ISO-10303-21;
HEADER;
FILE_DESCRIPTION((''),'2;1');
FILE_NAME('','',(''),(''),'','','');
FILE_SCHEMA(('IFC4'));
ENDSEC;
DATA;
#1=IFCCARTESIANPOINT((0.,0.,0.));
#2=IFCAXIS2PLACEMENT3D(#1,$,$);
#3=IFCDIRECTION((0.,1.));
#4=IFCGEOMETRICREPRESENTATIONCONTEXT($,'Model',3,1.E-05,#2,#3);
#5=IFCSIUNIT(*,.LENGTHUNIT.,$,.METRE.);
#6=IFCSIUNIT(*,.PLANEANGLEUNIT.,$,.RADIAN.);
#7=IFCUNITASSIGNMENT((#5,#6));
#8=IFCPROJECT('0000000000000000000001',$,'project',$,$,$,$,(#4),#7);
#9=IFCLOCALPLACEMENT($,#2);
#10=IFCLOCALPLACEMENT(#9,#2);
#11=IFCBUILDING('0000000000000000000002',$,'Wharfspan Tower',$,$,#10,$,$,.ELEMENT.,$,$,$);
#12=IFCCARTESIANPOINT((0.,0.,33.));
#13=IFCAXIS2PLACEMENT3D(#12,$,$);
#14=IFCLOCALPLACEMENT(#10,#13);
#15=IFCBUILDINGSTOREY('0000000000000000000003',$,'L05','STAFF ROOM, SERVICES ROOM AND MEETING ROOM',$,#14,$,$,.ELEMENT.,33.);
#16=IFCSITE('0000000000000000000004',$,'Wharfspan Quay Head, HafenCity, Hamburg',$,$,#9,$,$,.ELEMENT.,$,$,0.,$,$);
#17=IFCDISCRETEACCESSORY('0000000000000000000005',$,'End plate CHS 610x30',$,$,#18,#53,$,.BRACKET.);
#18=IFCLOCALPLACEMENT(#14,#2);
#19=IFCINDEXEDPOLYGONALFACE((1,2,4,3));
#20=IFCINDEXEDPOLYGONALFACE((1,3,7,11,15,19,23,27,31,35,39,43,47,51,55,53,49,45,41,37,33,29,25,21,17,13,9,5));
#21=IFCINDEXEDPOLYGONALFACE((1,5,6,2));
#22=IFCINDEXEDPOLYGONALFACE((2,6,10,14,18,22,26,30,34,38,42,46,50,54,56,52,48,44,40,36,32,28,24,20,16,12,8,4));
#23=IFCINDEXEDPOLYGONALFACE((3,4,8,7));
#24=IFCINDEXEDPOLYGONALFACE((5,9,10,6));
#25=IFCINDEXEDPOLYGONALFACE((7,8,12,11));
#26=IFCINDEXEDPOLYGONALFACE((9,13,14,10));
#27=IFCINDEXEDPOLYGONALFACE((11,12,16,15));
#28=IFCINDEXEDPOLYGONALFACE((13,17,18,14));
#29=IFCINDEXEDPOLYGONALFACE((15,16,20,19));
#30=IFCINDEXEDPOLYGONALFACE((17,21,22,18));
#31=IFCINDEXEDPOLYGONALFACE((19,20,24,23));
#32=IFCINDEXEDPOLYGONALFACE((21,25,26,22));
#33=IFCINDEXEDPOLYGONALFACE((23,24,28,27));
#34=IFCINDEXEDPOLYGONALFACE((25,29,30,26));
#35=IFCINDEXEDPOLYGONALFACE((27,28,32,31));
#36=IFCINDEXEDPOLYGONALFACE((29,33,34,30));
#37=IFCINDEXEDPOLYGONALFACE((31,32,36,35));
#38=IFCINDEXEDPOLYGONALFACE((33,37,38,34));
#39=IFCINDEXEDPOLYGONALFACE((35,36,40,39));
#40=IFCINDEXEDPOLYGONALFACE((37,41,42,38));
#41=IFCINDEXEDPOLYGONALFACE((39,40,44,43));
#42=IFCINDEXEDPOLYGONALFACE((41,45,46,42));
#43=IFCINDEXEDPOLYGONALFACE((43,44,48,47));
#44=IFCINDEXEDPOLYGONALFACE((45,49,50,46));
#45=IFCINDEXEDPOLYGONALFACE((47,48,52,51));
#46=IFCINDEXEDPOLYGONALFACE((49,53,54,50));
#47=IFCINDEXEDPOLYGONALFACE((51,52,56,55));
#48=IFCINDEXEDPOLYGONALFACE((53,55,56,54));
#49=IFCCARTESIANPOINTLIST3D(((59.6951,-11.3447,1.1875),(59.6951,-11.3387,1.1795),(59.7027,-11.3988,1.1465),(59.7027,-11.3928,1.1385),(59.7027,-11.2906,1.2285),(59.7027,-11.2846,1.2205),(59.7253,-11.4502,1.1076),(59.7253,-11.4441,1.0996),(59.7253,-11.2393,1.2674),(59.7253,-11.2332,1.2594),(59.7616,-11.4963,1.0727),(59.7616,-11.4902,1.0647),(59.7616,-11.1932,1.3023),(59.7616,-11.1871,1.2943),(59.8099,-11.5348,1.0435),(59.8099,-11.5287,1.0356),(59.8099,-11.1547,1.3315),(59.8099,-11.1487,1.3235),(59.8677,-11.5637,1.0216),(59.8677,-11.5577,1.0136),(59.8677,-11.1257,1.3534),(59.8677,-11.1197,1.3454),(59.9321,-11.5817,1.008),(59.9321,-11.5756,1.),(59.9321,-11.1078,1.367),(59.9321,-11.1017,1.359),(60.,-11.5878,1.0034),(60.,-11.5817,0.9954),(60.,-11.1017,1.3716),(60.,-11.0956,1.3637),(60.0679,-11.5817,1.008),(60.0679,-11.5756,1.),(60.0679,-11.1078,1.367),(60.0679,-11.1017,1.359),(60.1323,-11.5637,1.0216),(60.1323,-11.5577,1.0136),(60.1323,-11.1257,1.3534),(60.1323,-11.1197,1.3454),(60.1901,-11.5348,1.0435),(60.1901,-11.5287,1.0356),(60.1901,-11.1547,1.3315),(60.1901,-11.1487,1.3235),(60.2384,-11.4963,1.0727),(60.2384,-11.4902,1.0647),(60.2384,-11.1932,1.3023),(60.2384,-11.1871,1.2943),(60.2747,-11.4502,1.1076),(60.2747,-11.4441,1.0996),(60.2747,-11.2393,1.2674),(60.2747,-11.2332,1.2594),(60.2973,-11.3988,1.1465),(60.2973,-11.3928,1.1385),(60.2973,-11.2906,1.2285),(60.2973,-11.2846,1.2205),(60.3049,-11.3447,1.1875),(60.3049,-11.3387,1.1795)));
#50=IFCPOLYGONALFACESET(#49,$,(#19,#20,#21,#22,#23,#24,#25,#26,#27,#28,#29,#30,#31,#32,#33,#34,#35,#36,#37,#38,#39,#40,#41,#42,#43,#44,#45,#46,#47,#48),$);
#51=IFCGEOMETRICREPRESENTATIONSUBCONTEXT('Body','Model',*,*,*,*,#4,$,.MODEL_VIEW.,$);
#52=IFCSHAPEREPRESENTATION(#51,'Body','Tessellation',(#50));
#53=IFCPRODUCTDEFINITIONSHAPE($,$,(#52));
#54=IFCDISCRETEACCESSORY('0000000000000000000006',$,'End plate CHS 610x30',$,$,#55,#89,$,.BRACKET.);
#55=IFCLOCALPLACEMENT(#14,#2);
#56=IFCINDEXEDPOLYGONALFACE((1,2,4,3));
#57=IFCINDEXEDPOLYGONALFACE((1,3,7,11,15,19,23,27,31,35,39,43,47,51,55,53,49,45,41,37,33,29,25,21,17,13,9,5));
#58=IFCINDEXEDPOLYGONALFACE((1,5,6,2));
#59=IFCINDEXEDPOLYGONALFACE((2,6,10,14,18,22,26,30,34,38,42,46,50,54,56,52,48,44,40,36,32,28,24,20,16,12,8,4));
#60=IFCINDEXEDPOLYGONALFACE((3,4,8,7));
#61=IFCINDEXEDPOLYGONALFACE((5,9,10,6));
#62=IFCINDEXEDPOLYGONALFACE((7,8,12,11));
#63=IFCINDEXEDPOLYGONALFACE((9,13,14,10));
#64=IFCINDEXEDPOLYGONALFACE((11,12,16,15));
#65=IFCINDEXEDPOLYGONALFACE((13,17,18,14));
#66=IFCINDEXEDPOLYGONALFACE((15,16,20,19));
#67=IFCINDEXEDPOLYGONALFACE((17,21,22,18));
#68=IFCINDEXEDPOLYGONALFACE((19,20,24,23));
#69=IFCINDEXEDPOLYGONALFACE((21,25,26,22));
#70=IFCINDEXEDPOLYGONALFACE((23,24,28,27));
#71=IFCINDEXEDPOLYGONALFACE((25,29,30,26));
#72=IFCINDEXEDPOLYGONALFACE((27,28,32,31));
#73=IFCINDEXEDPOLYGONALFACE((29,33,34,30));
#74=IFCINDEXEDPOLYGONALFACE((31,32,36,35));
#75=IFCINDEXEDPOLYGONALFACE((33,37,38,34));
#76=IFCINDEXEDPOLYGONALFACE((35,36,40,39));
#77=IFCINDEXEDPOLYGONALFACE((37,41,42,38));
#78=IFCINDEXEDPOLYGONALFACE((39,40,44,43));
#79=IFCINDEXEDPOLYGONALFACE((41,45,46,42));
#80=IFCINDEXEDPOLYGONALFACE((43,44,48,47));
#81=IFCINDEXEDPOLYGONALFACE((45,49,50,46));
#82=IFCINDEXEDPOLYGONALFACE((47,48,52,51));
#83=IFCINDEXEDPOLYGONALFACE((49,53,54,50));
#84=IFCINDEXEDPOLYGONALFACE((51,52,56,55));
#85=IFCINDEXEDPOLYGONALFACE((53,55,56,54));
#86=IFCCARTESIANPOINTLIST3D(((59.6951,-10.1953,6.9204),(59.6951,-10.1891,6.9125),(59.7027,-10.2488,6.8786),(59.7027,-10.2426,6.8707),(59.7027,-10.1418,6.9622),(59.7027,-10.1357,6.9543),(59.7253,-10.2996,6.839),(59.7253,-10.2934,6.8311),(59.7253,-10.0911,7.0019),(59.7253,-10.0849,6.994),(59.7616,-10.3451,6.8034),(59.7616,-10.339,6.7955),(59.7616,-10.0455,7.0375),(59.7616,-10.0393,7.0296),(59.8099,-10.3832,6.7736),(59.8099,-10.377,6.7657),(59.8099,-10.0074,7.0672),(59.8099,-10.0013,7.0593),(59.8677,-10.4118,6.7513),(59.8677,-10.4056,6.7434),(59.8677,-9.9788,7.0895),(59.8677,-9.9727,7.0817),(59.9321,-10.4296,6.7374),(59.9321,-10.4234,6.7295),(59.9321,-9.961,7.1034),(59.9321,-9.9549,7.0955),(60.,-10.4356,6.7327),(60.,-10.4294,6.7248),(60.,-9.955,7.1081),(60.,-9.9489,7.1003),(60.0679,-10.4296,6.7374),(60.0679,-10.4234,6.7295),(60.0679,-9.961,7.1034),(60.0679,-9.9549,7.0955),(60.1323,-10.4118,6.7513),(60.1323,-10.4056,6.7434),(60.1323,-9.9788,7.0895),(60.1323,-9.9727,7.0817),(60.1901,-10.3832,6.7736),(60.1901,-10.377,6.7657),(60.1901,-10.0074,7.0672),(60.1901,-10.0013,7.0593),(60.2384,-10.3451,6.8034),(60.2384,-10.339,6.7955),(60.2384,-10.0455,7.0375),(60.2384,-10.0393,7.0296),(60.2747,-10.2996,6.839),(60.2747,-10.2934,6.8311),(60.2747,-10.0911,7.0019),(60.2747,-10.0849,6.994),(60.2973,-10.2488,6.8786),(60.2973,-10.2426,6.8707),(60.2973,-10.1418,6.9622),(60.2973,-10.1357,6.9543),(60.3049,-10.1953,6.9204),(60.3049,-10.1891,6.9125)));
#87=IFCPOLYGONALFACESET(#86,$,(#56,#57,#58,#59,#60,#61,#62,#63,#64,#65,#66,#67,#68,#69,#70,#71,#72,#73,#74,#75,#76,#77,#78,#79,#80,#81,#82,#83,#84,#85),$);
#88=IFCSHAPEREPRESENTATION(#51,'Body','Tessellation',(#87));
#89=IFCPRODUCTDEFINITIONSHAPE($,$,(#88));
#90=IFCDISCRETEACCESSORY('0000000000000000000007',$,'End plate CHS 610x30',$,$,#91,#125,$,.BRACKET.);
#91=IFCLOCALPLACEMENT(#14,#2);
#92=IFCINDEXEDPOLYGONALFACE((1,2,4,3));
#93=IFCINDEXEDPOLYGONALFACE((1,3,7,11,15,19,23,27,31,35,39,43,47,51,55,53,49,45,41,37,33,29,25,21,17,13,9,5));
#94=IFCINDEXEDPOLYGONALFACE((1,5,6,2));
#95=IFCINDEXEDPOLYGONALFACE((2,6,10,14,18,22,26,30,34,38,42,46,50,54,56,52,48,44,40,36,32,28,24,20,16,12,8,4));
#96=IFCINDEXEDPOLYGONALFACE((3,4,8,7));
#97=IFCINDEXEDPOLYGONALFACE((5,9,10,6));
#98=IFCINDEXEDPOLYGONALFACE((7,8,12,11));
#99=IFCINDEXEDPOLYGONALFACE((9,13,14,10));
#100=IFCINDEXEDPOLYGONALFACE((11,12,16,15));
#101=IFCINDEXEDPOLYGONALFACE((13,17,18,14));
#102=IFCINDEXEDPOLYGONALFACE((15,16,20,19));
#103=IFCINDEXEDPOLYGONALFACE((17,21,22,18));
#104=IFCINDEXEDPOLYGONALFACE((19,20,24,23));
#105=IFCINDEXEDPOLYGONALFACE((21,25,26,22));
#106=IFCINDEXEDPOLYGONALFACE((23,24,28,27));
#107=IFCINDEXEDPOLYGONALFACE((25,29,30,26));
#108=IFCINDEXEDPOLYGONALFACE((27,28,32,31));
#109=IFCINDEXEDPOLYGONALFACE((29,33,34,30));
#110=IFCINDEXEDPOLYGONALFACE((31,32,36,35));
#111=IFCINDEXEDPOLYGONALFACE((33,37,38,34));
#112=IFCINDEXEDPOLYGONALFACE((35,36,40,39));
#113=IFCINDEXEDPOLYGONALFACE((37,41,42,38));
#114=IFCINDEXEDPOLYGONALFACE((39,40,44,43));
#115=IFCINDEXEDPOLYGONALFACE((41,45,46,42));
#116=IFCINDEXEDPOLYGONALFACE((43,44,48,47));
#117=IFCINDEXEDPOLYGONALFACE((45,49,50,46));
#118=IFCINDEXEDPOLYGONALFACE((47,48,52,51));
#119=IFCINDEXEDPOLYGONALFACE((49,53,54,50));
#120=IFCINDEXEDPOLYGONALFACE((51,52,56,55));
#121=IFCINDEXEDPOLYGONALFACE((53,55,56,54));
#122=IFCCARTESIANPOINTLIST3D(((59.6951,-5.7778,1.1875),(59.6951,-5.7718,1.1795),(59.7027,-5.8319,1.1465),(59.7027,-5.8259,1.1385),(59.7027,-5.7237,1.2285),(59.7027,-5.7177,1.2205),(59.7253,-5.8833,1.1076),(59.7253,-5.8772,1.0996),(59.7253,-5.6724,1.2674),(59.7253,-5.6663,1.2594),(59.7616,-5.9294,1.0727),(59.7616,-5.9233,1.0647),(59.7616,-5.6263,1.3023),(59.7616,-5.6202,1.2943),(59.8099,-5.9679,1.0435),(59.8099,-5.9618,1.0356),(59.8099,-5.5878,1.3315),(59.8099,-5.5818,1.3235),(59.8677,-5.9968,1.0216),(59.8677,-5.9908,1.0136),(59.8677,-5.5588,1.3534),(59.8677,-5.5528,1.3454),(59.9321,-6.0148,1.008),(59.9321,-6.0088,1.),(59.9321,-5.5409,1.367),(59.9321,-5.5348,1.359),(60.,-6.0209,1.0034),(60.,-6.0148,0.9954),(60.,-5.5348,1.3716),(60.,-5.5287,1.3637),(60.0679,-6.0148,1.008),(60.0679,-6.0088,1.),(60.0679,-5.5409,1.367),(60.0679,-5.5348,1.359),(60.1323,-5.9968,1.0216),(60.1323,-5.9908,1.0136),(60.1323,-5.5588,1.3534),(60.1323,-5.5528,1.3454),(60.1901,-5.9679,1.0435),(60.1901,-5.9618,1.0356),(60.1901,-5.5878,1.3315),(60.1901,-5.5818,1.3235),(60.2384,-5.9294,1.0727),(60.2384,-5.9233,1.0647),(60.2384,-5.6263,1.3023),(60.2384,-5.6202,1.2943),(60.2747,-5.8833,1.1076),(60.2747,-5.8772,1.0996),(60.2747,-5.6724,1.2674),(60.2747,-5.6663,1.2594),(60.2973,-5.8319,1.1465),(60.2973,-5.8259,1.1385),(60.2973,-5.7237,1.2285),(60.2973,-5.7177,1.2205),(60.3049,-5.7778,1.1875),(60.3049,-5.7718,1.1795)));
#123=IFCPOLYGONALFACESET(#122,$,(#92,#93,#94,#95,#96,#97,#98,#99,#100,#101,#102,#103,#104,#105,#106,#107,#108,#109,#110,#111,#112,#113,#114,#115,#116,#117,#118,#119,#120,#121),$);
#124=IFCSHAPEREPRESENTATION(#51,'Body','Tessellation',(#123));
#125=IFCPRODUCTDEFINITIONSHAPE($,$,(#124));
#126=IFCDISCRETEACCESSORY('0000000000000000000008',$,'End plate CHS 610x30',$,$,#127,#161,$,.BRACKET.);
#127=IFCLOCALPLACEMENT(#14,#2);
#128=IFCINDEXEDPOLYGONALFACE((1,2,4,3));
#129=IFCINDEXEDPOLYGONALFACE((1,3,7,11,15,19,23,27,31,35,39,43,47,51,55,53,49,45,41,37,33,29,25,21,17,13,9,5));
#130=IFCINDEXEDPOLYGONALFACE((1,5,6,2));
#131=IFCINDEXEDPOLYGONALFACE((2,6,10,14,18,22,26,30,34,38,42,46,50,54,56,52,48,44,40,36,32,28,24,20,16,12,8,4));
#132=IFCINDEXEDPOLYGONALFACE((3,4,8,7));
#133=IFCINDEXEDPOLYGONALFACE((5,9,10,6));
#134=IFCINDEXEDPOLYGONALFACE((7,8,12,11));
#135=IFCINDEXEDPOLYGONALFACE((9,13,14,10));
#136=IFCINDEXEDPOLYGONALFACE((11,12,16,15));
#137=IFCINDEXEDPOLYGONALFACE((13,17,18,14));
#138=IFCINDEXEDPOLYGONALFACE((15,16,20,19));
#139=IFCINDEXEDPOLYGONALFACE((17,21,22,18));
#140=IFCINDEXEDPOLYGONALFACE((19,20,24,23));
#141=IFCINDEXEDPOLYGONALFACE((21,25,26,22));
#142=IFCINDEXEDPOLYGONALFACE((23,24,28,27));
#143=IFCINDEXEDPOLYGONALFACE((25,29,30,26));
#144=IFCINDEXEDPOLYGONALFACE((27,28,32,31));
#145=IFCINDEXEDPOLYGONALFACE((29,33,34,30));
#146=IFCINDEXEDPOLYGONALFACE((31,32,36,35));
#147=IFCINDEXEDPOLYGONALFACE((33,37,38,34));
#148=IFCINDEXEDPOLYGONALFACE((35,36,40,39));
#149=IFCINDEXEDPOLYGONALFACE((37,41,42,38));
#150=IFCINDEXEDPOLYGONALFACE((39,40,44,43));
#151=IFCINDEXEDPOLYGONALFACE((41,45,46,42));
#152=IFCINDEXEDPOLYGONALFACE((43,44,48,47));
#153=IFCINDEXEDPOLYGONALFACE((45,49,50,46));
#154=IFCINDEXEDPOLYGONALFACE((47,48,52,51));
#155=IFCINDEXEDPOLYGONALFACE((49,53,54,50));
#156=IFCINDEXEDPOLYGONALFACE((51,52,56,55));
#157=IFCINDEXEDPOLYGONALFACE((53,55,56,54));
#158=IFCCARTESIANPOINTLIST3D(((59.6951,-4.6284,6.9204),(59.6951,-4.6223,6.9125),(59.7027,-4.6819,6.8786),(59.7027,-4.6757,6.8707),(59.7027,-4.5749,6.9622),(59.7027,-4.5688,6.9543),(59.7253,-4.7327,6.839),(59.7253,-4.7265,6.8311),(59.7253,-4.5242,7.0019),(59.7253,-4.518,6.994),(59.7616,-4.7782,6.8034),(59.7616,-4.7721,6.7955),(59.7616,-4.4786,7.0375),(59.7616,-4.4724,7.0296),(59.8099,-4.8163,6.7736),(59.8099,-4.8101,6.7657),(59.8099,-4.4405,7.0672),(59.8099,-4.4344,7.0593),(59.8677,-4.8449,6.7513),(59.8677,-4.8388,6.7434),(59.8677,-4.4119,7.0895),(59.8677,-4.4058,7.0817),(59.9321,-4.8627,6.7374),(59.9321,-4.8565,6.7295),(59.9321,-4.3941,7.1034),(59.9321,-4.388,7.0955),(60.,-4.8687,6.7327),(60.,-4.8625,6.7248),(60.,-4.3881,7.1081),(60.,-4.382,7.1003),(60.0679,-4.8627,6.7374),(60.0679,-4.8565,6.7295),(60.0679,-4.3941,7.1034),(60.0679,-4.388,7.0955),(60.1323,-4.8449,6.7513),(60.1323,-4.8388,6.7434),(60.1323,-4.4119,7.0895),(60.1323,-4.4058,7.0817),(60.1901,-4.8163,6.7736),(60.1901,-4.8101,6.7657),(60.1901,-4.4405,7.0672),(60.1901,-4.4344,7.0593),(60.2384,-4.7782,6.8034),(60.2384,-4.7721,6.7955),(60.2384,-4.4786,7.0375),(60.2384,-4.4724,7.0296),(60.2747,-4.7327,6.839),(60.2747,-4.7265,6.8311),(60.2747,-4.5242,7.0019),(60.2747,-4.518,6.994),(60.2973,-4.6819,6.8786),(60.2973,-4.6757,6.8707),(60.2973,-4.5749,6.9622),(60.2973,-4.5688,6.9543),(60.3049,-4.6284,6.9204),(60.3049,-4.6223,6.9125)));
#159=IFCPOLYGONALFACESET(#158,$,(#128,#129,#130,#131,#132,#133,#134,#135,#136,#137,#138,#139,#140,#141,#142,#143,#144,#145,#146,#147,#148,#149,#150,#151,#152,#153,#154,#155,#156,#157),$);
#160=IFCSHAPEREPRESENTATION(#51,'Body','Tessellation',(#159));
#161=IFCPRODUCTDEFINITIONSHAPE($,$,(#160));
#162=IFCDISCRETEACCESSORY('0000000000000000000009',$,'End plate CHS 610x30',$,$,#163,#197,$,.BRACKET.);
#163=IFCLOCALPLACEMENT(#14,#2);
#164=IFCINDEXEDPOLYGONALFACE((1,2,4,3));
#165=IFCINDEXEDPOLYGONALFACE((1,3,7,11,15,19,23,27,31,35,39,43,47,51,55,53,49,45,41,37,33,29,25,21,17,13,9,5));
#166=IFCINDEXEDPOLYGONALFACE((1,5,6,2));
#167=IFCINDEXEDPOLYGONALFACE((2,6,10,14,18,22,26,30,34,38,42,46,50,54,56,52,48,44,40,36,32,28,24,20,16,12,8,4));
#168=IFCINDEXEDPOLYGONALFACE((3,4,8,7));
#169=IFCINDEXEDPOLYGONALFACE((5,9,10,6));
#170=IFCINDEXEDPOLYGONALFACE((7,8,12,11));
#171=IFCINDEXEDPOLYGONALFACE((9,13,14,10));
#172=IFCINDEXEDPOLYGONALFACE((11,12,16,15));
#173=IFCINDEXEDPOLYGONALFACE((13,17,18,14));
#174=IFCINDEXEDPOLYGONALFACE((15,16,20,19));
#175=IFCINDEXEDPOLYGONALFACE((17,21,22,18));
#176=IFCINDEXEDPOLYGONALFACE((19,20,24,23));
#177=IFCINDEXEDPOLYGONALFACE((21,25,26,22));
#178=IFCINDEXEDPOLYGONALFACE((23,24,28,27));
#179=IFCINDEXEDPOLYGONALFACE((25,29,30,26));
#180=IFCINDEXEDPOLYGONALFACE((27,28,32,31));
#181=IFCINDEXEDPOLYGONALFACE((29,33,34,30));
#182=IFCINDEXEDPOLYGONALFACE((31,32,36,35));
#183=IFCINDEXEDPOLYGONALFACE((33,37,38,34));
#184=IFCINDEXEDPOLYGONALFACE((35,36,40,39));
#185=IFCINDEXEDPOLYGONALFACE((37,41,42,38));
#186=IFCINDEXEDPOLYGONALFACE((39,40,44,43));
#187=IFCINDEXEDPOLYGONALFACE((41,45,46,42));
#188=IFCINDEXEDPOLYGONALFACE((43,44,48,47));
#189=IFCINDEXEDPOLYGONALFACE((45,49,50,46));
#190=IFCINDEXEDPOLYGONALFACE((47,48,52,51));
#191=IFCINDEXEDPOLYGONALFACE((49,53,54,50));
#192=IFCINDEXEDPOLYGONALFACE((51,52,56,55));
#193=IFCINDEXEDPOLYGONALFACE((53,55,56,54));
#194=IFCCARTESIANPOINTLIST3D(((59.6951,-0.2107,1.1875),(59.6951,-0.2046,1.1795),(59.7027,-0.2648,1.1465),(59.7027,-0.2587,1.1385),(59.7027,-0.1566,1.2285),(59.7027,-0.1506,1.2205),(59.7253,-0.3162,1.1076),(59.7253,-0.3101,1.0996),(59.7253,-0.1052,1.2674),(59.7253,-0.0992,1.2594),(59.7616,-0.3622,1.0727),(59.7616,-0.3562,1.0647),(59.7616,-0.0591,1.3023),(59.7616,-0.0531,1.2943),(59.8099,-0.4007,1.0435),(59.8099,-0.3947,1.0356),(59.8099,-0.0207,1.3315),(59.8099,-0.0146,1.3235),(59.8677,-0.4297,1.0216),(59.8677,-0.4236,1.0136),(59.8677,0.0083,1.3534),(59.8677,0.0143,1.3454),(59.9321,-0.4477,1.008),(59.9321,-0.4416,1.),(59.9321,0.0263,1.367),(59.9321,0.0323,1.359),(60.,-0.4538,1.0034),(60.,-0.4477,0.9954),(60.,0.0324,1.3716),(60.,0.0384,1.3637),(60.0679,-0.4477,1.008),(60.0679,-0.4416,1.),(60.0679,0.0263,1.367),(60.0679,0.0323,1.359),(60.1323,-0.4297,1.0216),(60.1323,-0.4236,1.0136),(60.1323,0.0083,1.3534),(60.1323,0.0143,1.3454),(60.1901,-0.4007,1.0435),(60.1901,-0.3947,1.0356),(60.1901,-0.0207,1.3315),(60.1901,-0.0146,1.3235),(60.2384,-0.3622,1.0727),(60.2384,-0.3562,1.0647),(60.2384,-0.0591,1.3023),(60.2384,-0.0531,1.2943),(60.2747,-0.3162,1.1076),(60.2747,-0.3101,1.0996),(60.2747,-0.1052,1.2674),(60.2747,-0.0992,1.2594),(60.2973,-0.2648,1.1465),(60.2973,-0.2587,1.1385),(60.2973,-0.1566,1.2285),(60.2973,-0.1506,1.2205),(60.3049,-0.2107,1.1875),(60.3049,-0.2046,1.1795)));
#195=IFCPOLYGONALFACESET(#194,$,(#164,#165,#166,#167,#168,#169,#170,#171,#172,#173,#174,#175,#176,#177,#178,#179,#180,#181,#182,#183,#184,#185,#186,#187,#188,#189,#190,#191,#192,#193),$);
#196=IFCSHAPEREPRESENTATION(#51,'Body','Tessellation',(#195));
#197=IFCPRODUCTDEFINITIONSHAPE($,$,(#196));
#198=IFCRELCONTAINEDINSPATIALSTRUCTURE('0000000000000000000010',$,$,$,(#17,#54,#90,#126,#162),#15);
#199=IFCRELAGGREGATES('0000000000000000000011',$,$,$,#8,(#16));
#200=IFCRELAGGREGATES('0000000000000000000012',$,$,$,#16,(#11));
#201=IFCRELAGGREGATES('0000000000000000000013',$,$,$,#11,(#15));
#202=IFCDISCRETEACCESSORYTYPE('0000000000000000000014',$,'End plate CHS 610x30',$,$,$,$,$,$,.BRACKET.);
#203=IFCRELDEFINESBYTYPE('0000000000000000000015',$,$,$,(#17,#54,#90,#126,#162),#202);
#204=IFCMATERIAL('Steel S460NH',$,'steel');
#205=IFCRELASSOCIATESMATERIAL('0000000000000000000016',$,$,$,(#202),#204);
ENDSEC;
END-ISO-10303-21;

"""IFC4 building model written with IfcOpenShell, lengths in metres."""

from ifc_helpers import new_model, si_unit, direction, frame, origin, origin_2d, place, context, subcontext, project, spatial, circle, extrude, material, material_profile, profile_set, type_object, element, save


model = new_model("IFC4")

# Units and contexts
model_context = context("Model", 3, precision=1e-05, world=origin(), true_north=direction((0.0, 1.0)))
body_context = subcontext(model_context, "Body", "Model", "MODEL_VIEW")
ifc_project = project(units=[si_unit("LENGTHUNIT", "METRE"), si_unit("PLANEANGLEUNIT", "RADIAN")], contexts=[model_context])

# Site, building, storey
site_placement = place(None, origin())
site = spatial("IfcSite", under=ifc_project, at=site_placement, Name="Wharfspan Quay Head, HafenCity, Hamburg", CompositionType="ELEMENT", RefElevation=0.0)
building_placement = place(site_placement, origin())
building = spatial("IfcBuilding", under=site, at=building_placement, Name="Wharfspan Tower", CompositionType="ELEMENT")
storey_placement = place(building_placement, frame((0.0, 0.0, 33.0)))
storey = spatial("IfcBuildingStorey", under=building, at=storey_placement, Name="L05", Description="STAFF ROOM, SERVICES ROOM AND MEETING ROOM", CompositionType="ELEMENT", Elevation=33.0)

# Shared definitions
ifc_material_1 = material(Name="Steel S460NH", Category="steel")

# Discrete accessories
ifc_material_profile_1 = material_profile(ifc_material_1, circle(Radius=0.3049, at=origin_2d()))
ifc_profile_set_1 = profile_set([ifc_material_profile_1], Name="Steel S460NH")
discrete_accessory_type = type_object("IfcDiscreteAccessoryType", Name="End plate CHS 610x30", PredefinedType="BRACKET", material=ifc_profile_set_1)
for number, where, z_axis, x_axis, name in (
    (1, (60.0, -11.3447, 1.1875), (0.0, 0.603858, -0.797092), (-1.0, 0.0, 0.0), "End plate CHS 610x30"),
    (2, (60.0, -10.1953, 6.9204), (0.0, 0.615644, -0.788024), (-1.0, 0.0, 0.0), "End plate CHS 610x30"),
    (3, (60.0, -5.7778, 1.1875), (0.0, 0.603858, -0.797092), (-1.0, 0.0, 0.0), "End plate CHS 610x30"),
    (4, (60.0, -4.6284, 6.9204), (0.0, 0.615644, -0.788024), (-1.0, 0.0, 0.0), "End plate CHS 610x30"),
    (5, (60.0, -0.2107, 1.1875), (0.0, 0.603858, -0.797092), (-1.0, 0.0, 0.0), "End plate CHS 610x30"),
):
    element("IfcDiscreteAccessory", number, at=place(storey_placement, frame(where, z_axis=z_axis, x_axis=x_axis)), inside=storey, type_object=discrete_accessory_type, Name=name, PredefinedType="BRACKET", context=body_context, shape_type="SweptSolid", body=[
        extrude(circle(Radius=0.3049, at=origin_2d()), origin(), (0.0, 0.0, 1.0), 0.01),
    ])

save(model, "model.ifc")
